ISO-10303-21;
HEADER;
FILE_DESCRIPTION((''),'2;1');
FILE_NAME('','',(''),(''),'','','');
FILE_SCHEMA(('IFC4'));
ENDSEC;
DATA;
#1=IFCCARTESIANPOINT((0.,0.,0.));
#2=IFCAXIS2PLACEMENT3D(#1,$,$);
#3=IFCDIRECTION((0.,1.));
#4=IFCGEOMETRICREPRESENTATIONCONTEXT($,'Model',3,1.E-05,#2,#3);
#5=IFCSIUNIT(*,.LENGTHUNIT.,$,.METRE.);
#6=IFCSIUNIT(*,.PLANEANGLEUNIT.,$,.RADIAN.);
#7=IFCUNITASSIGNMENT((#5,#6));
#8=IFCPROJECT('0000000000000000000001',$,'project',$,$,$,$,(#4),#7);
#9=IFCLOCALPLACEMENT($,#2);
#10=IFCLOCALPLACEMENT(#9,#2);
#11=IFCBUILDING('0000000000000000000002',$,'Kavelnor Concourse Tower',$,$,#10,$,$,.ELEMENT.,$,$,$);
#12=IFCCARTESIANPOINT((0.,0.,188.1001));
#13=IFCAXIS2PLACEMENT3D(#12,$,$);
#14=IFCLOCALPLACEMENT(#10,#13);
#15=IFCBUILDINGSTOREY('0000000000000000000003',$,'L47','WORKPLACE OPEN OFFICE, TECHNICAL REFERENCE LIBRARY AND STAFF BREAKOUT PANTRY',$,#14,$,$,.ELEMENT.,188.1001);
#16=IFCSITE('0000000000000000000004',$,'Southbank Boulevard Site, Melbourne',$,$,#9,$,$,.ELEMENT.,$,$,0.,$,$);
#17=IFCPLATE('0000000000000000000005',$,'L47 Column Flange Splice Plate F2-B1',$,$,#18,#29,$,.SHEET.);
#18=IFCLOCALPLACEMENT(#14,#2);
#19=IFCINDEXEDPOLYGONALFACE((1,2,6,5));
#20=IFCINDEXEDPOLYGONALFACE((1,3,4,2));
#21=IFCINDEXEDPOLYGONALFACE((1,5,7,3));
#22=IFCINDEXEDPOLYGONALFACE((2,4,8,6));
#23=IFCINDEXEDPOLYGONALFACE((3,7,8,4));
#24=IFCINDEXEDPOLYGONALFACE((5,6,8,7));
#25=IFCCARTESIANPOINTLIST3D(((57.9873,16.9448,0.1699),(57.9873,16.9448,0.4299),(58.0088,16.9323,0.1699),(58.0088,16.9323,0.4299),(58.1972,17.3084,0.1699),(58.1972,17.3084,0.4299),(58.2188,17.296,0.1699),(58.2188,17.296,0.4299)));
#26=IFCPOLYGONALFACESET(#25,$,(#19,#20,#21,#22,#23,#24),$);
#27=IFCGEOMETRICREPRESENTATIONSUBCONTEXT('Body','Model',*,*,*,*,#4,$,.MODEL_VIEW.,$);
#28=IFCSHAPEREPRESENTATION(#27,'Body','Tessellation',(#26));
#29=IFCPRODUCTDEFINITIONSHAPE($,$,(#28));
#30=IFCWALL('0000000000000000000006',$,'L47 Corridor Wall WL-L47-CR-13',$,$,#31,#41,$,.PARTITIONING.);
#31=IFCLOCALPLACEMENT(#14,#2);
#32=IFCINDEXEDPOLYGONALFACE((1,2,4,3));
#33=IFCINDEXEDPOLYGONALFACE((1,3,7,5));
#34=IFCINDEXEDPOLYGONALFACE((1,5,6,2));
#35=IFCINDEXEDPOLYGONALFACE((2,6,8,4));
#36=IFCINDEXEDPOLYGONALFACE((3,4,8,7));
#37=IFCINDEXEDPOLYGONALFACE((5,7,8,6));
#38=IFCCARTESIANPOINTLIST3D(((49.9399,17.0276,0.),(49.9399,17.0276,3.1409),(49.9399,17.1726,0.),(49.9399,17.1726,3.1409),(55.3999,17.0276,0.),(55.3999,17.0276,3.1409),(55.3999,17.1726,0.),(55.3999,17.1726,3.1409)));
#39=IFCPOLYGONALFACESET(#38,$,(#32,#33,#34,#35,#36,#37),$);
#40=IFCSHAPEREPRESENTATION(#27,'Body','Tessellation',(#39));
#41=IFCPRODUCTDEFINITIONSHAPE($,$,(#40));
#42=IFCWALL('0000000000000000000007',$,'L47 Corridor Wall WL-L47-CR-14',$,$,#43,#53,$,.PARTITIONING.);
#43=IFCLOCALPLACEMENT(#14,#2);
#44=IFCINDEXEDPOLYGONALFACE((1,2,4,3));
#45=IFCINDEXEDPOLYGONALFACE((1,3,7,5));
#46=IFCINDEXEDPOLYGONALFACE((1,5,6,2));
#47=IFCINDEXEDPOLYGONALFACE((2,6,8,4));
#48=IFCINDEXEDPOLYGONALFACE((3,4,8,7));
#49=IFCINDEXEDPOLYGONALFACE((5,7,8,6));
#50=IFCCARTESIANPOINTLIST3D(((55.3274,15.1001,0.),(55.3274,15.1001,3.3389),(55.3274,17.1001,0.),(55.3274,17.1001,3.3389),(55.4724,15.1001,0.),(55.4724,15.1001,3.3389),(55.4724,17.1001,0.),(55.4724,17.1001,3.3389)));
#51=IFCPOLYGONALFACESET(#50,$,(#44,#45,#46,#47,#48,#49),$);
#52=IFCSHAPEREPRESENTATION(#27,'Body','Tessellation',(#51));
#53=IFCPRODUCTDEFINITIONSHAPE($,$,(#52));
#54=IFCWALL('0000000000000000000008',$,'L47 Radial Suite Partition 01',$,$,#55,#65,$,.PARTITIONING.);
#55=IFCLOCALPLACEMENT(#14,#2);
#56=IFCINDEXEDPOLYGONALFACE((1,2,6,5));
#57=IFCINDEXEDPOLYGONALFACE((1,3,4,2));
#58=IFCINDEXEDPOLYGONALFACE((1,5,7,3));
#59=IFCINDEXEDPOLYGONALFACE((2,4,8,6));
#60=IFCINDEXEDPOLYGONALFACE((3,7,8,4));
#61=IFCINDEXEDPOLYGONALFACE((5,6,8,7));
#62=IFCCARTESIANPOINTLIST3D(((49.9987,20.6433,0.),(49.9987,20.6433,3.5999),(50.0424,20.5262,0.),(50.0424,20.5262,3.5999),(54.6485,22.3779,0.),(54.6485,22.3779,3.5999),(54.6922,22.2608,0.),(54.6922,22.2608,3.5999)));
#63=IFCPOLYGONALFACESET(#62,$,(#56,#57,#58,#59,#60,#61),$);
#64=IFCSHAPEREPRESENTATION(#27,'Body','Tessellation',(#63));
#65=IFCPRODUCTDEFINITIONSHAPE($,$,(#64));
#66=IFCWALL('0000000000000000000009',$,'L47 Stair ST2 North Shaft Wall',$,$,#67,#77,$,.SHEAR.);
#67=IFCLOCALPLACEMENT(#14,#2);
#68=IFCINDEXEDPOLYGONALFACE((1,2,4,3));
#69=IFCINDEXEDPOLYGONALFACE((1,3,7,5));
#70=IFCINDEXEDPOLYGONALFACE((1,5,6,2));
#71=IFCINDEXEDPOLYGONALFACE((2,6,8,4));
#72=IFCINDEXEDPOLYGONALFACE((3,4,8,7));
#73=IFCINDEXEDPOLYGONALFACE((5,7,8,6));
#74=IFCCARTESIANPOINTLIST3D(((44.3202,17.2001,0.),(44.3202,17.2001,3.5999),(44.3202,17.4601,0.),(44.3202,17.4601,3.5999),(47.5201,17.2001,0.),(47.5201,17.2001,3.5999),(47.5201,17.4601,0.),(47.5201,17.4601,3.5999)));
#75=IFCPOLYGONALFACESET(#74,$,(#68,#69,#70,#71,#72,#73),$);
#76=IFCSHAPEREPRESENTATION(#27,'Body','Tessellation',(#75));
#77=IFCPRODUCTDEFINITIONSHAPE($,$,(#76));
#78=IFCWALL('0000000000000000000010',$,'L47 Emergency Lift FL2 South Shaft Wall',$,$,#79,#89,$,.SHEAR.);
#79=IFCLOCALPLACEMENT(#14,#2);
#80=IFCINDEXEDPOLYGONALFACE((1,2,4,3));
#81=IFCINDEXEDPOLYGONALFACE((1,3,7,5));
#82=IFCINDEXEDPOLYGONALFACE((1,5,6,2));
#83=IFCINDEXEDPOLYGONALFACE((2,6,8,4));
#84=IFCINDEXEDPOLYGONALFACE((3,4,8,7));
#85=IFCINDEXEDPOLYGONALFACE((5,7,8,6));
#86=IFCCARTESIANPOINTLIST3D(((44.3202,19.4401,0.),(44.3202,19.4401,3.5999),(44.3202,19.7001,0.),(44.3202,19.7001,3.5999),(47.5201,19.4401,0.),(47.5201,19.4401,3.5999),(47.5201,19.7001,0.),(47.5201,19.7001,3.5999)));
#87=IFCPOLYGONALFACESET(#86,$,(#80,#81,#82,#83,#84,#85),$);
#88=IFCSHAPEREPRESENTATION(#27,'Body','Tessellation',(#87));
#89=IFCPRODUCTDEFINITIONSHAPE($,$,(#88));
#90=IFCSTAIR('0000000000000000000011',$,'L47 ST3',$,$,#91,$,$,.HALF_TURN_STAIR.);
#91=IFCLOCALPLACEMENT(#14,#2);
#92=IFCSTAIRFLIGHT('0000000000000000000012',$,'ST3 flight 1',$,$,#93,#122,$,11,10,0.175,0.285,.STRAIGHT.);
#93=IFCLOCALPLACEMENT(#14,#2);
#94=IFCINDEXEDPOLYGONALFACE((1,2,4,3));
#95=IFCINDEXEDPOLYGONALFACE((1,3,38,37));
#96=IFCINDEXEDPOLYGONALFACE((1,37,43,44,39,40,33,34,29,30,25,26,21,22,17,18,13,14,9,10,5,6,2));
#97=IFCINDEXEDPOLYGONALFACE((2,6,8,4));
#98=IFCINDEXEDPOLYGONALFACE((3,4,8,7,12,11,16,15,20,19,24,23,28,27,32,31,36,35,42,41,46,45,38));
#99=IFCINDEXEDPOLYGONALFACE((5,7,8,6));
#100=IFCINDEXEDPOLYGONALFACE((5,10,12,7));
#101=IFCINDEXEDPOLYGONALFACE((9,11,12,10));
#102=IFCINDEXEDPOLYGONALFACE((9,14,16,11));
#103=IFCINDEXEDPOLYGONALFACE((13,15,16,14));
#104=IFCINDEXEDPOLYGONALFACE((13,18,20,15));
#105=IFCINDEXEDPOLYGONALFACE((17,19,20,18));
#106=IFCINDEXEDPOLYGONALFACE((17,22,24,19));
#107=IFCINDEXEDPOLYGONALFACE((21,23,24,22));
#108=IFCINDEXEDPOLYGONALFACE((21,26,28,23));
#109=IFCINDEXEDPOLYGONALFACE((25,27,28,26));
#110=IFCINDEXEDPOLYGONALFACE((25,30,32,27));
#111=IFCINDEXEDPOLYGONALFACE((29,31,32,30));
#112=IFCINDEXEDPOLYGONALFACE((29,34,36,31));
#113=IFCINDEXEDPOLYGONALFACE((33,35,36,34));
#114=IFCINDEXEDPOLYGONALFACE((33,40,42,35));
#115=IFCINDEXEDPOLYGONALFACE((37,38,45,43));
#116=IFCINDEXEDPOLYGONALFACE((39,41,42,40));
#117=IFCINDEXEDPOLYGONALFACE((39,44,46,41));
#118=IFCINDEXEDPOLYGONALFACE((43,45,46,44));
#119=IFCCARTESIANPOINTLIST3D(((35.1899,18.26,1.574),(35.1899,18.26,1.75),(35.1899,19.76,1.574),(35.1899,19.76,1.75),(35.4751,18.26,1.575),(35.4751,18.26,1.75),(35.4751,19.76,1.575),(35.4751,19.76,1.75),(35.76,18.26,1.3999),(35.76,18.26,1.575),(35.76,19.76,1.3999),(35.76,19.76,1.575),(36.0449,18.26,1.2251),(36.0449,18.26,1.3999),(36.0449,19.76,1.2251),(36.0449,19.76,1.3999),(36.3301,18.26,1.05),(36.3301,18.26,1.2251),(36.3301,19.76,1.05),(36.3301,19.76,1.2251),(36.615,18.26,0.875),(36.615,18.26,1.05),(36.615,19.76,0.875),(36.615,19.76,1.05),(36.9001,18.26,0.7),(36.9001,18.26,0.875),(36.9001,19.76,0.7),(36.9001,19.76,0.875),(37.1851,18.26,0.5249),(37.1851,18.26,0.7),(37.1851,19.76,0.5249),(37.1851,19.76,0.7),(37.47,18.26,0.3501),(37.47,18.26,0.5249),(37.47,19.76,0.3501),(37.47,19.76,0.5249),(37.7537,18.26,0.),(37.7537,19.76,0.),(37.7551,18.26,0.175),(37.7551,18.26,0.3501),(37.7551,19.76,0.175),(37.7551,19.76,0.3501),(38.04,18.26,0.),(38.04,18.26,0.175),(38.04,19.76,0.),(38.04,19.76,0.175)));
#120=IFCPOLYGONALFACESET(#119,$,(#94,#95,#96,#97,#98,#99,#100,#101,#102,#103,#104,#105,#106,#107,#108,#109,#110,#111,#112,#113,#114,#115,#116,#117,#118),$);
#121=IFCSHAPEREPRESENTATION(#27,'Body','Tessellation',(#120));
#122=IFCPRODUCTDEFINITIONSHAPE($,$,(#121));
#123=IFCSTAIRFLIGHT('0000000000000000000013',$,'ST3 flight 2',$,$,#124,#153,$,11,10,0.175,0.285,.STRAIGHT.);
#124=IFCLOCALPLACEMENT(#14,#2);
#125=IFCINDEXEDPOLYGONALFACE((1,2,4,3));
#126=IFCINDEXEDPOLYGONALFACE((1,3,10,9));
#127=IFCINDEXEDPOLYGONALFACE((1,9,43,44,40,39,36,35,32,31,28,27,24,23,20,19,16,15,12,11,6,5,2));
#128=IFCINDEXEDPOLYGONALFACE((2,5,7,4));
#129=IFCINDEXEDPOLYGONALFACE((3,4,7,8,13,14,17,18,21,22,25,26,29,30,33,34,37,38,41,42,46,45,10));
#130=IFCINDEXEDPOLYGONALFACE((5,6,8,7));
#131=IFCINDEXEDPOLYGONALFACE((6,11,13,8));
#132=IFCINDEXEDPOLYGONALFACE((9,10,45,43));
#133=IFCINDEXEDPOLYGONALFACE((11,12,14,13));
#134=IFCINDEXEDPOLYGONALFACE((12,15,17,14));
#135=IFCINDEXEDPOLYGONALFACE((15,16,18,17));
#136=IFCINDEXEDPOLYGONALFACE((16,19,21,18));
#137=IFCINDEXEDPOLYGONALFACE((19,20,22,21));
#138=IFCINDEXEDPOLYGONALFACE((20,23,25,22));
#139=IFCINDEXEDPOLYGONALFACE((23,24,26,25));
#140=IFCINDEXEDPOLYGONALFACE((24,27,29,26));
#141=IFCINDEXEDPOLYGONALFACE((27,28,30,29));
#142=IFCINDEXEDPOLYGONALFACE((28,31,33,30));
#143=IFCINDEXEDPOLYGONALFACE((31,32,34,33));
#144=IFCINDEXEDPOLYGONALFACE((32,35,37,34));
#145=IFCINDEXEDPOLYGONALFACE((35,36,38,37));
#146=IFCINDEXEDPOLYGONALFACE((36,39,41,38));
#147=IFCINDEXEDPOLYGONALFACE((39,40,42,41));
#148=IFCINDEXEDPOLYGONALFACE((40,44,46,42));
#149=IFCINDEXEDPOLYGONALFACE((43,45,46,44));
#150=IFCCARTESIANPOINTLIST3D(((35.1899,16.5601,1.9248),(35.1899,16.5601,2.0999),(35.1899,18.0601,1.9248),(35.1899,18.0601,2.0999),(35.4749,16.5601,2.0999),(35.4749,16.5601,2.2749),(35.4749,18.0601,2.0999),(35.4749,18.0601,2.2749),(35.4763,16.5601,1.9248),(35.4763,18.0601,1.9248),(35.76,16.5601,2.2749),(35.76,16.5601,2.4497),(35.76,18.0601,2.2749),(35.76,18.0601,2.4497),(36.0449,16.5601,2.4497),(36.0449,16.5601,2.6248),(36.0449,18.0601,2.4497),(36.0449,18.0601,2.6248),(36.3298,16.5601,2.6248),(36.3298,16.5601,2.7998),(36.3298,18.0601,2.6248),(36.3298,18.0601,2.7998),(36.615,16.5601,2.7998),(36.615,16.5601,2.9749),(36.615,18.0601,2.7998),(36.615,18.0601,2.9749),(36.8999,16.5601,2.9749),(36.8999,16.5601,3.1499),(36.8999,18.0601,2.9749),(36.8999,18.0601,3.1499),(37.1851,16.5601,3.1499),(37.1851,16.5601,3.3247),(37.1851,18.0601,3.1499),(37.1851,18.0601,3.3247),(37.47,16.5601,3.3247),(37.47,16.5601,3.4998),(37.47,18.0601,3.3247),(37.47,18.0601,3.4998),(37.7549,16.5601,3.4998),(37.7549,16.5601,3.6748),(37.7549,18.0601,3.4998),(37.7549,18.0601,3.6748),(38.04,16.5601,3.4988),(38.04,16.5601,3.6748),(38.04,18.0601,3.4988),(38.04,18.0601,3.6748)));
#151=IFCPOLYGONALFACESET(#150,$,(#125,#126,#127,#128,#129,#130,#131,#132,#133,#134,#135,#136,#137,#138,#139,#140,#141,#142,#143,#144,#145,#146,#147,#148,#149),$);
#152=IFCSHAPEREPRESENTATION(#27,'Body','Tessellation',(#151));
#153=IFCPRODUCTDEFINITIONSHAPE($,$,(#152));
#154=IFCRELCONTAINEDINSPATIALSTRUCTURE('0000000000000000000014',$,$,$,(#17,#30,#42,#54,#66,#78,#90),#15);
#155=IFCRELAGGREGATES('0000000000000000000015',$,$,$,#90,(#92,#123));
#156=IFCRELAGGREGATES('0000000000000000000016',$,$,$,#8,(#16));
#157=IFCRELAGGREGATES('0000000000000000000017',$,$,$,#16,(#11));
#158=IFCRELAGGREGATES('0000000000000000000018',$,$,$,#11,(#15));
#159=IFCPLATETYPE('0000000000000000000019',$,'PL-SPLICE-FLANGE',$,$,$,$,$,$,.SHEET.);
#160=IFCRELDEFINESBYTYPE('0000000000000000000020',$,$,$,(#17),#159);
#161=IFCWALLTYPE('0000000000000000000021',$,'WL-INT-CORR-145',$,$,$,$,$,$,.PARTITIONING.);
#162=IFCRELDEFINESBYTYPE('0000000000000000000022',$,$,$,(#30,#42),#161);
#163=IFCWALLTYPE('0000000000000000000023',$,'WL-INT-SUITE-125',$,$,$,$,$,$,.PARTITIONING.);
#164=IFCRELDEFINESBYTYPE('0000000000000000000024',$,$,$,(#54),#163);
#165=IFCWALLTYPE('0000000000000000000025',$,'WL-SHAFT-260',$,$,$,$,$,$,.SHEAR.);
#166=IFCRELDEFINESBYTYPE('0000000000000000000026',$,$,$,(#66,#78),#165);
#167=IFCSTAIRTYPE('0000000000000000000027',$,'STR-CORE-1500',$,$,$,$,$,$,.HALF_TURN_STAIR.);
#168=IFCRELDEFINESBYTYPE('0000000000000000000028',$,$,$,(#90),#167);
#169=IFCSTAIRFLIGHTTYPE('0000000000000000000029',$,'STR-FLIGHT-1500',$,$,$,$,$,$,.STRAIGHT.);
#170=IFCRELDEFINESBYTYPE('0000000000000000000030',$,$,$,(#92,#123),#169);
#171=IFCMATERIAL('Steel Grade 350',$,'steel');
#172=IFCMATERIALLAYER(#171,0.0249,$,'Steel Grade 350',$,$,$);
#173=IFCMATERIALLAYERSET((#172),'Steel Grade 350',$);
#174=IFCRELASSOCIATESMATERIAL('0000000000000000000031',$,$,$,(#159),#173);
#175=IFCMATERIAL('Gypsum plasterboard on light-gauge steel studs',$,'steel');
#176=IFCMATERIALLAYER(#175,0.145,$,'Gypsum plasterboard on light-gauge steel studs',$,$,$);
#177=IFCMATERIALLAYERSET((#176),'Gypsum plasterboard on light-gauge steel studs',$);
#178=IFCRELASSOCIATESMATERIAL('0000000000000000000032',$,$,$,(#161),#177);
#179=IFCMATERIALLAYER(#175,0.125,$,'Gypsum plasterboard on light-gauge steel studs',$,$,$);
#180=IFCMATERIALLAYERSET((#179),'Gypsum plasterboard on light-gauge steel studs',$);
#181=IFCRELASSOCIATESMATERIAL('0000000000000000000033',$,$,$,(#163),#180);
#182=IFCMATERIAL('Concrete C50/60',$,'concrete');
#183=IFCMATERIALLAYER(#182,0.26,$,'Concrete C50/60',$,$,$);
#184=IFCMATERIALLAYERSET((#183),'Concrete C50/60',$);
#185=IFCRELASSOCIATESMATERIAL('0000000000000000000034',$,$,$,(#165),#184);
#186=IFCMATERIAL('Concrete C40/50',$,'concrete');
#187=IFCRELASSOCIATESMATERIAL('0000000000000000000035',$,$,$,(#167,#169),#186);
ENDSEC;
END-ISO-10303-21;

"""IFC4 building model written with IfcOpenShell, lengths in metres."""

from ifc_helpers import new_model, si_unit, direction, frame, frame_2d, origin, origin_2d, place, context, subcontext, project, spatial, polyline, rectangle, outline, extrude, material, layer, layer_set, type_object, element, aggregate, save


model = new_model("IFC4")

# Units and contexts
model_context = context("Model", 3, precision=1e-05, world=origin(), true_north=direction((0.0, 1.0)))
body_context = subcontext(model_context, "Body", "Model", "MODEL_VIEW")
ifc_project = project(units=[si_unit("LENGTHUNIT", "METRE"), si_unit("PLANEANGLEUNIT", "RADIAN")], contexts=[model_context])

# Site, building, storey
site_placement = place(None, origin())
site = spatial("IfcSite", under=ifc_project, at=site_placement, Name="Southbank Boulevard Site, Melbourne", CompositionType="ELEMENT", RefElevation=0.0)
building_placement = place(site_placement, origin())
building = spatial("IfcBuilding", under=site, at=building_placement, Name="Kavelnor Concourse Tower", CompositionType="ELEMENT")
storey_placement = place(building_placement, frame((0.0, 0.0, 188.1001)))
storey = spatial("IfcBuildingStorey", under=building, at=storey_placement, Name="L47", Description="WORKPLACE OPEN OFFICE, TECHNICAL REFERENCE LIBRARY AND STAFF BREAKOUT PANTRY", CompositionType="ELEMENT", Elevation=188.1001)

# Shared definitions
ifc_material_1 = material(Name="Steel Grade 350", Category="steel")

# Plate
ifc_layer_1 = layer(ifc_material_1, 0.0249, Name="Steel Grade 350")
ifc_layer_set_1 = layer_set([ifc_layer_1], Name="Steel Grade 350")
plate_type_1 = type_object("IfcPlateType", Name="PL-SPLICE-FLANGE", PredefinedType="SHEET", material=ifc_layer_set_1)
plate_1_placement = place(storey_placement, frame((58.103, 17.1204, 0.1699), z_axis=(0.0, 0.0, 1.0), x_axis=(-0.5, -0.866025, 0.0)))
element("IfcPlate", 1, at=plate_1_placement, inside=storey, type_object=plate_type_1, Name="L47 Column Flange Splice Plate F2-B1", PredefinedType="SHEET", context=body_context, shape_type="SweptSolid", body=[
    extrude(rectangle(XDim=0.4199, YDim=0.0249, at=origin_2d()), origin(), (0.0, 0.0, 1.0), 0.26),
])

# Walls
ifc_material_2 = material(Name="Gypsum plasterboard on light-gauge steel studs", Category="steel")
ifc_layer_2 = layer(ifc_material_2, 0.145, Name="Gypsum plasterboard on light-gauge steel studs")
ifc_layer_set_2 = layer_set([ifc_layer_2], Name="Gypsum plasterboard on light-gauge steel studs")
wall_type_1 = type_object("IfcWallType", Name="WL-INT-CORR-145", PredefinedType="PARTITIONING", material=ifc_layer_set_2)
wall_1_placement = place(storey_placement, frame((49.9399, 17.1001, 0.0), z_axis=(0.0, 0.0, 1.0), x_axis=(1.0, 0.0, 0.0)))
element("IfcWall", 2, at=wall_1_placement, inside=storey, type_object=wall_type_1, Name="L47 Corridor Wall WL-L47-CR-13", PredefinedType="PARTITIONING", context=body_context, shape_type="SweptSolid", body=[
    extrude(rectangle(XDim=5.46, YDim=0.145, at=frame_2d((2.73, 0.0))), origin(), (0.0, 0.0, 1.0), 3.1409),
])
wall_2_placement = place(storey_placement, frame((55.3999, 17.1001, 0.0), z_axis=(0.0, 0.0, 1.0), x_axis=(0.0, -1.0, 0.0)))
element("IfcWall", 3, at=wall_2_placement, inside=storey, type_object=wall_type_1, Name="L47 Corridor Wall WL-L47-CR-14", PredefinedType="PARTITIONING", context=body_context, shape_type="SweptSolid", body=[
    extrude(rectangle(XDim=2.0, YDim=0.145, at=frame_2d((1.0, 0.0))), origin(), (0.0, 0.0, 1.0), 3.3389),
])
ifc_layer_3 = layer(ifc_material_2, 0.125, Name="Gypsum plasterboard on light-gauge steel studs")
ifc_layer_set_3 = layer_set([ifc_layer_3], Name="Gypsum plasterboard on light-gauge steel studs")
wall_type_2 = type_object("IfcWallType", Name="WL-INT-SUITE-125", PredefinedType="PARTITIONING", material=ifc_layer_set_3)
wall_3_placement = place(storey_placement, frame((50.0205, 20.5847, 0.0), z_axis=(0.0, 0.0, 1.0), x_axis=(0.93693, 0.349516, 0.0)))
element("IfcWall", 4, at=wall_3_placement, inside=storey, type_object=wall_type_2, Name="L47 Radial Suite Partition 01", PredefinedType="PARTITIONING", context=body_context, shape_type="SweptSolid", body=[
    extrude(rectangle(XDim=4.9629, YDim=0.125, at=frame_2d((2.4814, 0.0))), origin(), (0.0, 0.0, 1.0), 3.5999),
])
ifc_material_3 = material(Name="Concrete C50/60", Category="concrete")
ifc_layer_4 = layer(ifc_material_3, 0.26, Name="Concrete C50/60")
ifc_layer_set_4 = layer_set([ifc_layer_4], Name="Concrete C50/60")
wall_type_3 = type_object("IfcWallType", Name="WL-SHAFT-260", PredefinedType="SHEAR", material=ifc_layer_set_4)
for number, where, z_axis, x_axis, name in (
    (5, (44.3201, 17.3301, 0.0), (0.0, 0.0, 1.0), (1.0, 0.0, 0.0), "L47 Stair ST2 North Shaft Wall"),
    (6, (44.3201, 19.5701, 0.0), (0.0, 0.0, 1.0), (1.0, 0.0, 0.0), "L47 Emergency Lift FL2 South Shaft Wall"),
):
    element("IfcWall", number, at=place(storey_placement, frame(where, z_axis=z_axis, x_axis=x_axis)), inside=storey, type_object=wall_type_3, Name=name, PredefinedType="SHEAR", context=body_context, shape_type="SweptSolid", body=[
        extrude(rectangle(XDim=3.2, YDim=0.26, at=frame_2d((1.6001, 0.0))), origin(), (0.0, 0.0, 1.0), 3.5999),
    ])

# Stair, stair flights
ifc_material_4 = material(Name="Concrete C40/50", Category="concrete")
stair_type = type_object("IfcStairType", Name="STR-CORE-1500", PredefinedType="HALF_TURN_STAIR", material=ifc_material_4)
stair_placement = place(storey_placement, origin())
stair = element("IfcStair", 7, at=stair_placement, inside=storey, type_object=stair_type, Name="L47 ST3", PredefinedType="HALF_TURN_STAIR")
stair_flight_type = type_object("IfcStairFlightType", Name="STR-FLIGHT-1500", PredefinedType="STRAIGHT", material=ifc_material_4)
stair_flight_1_placement = place(storey_placement, frame((38.04, 19.01, 0.0), z_axis=(0.0, 0.0, 1.0), x_axis=(-1.0, 0.0, 0.0)))
stair_flight_1 = element("IfcStairFlight", 8, at=stair_flight_1_placement, type_object=stair_flight_type, Name="ST3 flight 1", NumberOfRisers=11, NumberOfTreads=10, PredefinedType="STRAIGHT", RiserHeight=0.175, TreadLength=0.285, context=body_context, shape_type="SweptSolid", body=[
    extrude(outline(polyline([(0.0, 0.0), (0.0, 0.175), (0.2849, 0.175), (0.2849, 0.3501), (0.5701, 0.3501), (0.5701, 0.5249), (0.855, 0.5249), (0.855, 0.7), (1.1399, 0.7), (1.1399, 0.875), (1.425, 0.875), (1.425, 1.05), (1.71, 1.05), (1.71, 1.2251), (1.9951, 1.2251), (1.9951, 1.3999), (2.28, 1.3999), (2.28, 1.575), (2.5649, 1.575), (2.5649, 1.75), (2.8501, 1.75), (2.8501, 1.925), (2.8501, 1.574), (0.2864, 0.0), (0.0, 0.0)])), frame((0.0, 0.75, 0.0), z_axis=(0.0, -1.0, 0.0), x_axis=(1.0, 0.0, 0.0)), (0.0, 0.0, 1.0), 1.5),
])
stair_flight_2_placement = place(storey_placement, frame((35.1899, 17.3101, 1.9248), z_axis=(0.0, 0.0, 1.0), x_axis=(1.0, 0.0, 0.0)))
stair_flight_2 = element("IfcStairFlight", 9, at=stair_flight_2_placement, type_object=stair_flight_type, Name="ST3 flight 2", NumberOfRisers=11, NumberOfTreads=10, PredefinedType="STRAIGHT", RiserHeight=0.175, TreadLength=0.285, context=body_context, shape_type="SweptSolid", body=[
    extrude(outline(polyline([(0.0, 0.0), (0.0, 0.175), (0.2849, 0.175), (0.2849, 0.3501), (0.5701, 0.3501), (0.5701, 0.5249), (0.855, 0.5249), (0.855, 0.7), (1.1399, 0.7), (1.1399, 0.875), (1.425, 0.875), (1.425, 1.05), (1.71, 1.05), (1.71, 1.2251), (1.9951, 1.2251), (1.9951, 1.3999), (2.28, 1.3999), (2.28, 1.575), (2.5649, 1.575), (2.5649, 1.75), (2.8501, 1.75), (2.8501, 1.925), (2.8501, 1.574), (0.2864, 0.0), (0.0, 0.0)])), frame((0.0, 0.75, 0.0), z_axis=(0.0, -1.0, 0.0), x_axis=(1.0, 0.0, 0.0)), (0.0, 0.0, 1.0), 1.5),
])
aggregate(stair, [stair_flight_1, stair_flight_2])

save(model, "model.ifc")
